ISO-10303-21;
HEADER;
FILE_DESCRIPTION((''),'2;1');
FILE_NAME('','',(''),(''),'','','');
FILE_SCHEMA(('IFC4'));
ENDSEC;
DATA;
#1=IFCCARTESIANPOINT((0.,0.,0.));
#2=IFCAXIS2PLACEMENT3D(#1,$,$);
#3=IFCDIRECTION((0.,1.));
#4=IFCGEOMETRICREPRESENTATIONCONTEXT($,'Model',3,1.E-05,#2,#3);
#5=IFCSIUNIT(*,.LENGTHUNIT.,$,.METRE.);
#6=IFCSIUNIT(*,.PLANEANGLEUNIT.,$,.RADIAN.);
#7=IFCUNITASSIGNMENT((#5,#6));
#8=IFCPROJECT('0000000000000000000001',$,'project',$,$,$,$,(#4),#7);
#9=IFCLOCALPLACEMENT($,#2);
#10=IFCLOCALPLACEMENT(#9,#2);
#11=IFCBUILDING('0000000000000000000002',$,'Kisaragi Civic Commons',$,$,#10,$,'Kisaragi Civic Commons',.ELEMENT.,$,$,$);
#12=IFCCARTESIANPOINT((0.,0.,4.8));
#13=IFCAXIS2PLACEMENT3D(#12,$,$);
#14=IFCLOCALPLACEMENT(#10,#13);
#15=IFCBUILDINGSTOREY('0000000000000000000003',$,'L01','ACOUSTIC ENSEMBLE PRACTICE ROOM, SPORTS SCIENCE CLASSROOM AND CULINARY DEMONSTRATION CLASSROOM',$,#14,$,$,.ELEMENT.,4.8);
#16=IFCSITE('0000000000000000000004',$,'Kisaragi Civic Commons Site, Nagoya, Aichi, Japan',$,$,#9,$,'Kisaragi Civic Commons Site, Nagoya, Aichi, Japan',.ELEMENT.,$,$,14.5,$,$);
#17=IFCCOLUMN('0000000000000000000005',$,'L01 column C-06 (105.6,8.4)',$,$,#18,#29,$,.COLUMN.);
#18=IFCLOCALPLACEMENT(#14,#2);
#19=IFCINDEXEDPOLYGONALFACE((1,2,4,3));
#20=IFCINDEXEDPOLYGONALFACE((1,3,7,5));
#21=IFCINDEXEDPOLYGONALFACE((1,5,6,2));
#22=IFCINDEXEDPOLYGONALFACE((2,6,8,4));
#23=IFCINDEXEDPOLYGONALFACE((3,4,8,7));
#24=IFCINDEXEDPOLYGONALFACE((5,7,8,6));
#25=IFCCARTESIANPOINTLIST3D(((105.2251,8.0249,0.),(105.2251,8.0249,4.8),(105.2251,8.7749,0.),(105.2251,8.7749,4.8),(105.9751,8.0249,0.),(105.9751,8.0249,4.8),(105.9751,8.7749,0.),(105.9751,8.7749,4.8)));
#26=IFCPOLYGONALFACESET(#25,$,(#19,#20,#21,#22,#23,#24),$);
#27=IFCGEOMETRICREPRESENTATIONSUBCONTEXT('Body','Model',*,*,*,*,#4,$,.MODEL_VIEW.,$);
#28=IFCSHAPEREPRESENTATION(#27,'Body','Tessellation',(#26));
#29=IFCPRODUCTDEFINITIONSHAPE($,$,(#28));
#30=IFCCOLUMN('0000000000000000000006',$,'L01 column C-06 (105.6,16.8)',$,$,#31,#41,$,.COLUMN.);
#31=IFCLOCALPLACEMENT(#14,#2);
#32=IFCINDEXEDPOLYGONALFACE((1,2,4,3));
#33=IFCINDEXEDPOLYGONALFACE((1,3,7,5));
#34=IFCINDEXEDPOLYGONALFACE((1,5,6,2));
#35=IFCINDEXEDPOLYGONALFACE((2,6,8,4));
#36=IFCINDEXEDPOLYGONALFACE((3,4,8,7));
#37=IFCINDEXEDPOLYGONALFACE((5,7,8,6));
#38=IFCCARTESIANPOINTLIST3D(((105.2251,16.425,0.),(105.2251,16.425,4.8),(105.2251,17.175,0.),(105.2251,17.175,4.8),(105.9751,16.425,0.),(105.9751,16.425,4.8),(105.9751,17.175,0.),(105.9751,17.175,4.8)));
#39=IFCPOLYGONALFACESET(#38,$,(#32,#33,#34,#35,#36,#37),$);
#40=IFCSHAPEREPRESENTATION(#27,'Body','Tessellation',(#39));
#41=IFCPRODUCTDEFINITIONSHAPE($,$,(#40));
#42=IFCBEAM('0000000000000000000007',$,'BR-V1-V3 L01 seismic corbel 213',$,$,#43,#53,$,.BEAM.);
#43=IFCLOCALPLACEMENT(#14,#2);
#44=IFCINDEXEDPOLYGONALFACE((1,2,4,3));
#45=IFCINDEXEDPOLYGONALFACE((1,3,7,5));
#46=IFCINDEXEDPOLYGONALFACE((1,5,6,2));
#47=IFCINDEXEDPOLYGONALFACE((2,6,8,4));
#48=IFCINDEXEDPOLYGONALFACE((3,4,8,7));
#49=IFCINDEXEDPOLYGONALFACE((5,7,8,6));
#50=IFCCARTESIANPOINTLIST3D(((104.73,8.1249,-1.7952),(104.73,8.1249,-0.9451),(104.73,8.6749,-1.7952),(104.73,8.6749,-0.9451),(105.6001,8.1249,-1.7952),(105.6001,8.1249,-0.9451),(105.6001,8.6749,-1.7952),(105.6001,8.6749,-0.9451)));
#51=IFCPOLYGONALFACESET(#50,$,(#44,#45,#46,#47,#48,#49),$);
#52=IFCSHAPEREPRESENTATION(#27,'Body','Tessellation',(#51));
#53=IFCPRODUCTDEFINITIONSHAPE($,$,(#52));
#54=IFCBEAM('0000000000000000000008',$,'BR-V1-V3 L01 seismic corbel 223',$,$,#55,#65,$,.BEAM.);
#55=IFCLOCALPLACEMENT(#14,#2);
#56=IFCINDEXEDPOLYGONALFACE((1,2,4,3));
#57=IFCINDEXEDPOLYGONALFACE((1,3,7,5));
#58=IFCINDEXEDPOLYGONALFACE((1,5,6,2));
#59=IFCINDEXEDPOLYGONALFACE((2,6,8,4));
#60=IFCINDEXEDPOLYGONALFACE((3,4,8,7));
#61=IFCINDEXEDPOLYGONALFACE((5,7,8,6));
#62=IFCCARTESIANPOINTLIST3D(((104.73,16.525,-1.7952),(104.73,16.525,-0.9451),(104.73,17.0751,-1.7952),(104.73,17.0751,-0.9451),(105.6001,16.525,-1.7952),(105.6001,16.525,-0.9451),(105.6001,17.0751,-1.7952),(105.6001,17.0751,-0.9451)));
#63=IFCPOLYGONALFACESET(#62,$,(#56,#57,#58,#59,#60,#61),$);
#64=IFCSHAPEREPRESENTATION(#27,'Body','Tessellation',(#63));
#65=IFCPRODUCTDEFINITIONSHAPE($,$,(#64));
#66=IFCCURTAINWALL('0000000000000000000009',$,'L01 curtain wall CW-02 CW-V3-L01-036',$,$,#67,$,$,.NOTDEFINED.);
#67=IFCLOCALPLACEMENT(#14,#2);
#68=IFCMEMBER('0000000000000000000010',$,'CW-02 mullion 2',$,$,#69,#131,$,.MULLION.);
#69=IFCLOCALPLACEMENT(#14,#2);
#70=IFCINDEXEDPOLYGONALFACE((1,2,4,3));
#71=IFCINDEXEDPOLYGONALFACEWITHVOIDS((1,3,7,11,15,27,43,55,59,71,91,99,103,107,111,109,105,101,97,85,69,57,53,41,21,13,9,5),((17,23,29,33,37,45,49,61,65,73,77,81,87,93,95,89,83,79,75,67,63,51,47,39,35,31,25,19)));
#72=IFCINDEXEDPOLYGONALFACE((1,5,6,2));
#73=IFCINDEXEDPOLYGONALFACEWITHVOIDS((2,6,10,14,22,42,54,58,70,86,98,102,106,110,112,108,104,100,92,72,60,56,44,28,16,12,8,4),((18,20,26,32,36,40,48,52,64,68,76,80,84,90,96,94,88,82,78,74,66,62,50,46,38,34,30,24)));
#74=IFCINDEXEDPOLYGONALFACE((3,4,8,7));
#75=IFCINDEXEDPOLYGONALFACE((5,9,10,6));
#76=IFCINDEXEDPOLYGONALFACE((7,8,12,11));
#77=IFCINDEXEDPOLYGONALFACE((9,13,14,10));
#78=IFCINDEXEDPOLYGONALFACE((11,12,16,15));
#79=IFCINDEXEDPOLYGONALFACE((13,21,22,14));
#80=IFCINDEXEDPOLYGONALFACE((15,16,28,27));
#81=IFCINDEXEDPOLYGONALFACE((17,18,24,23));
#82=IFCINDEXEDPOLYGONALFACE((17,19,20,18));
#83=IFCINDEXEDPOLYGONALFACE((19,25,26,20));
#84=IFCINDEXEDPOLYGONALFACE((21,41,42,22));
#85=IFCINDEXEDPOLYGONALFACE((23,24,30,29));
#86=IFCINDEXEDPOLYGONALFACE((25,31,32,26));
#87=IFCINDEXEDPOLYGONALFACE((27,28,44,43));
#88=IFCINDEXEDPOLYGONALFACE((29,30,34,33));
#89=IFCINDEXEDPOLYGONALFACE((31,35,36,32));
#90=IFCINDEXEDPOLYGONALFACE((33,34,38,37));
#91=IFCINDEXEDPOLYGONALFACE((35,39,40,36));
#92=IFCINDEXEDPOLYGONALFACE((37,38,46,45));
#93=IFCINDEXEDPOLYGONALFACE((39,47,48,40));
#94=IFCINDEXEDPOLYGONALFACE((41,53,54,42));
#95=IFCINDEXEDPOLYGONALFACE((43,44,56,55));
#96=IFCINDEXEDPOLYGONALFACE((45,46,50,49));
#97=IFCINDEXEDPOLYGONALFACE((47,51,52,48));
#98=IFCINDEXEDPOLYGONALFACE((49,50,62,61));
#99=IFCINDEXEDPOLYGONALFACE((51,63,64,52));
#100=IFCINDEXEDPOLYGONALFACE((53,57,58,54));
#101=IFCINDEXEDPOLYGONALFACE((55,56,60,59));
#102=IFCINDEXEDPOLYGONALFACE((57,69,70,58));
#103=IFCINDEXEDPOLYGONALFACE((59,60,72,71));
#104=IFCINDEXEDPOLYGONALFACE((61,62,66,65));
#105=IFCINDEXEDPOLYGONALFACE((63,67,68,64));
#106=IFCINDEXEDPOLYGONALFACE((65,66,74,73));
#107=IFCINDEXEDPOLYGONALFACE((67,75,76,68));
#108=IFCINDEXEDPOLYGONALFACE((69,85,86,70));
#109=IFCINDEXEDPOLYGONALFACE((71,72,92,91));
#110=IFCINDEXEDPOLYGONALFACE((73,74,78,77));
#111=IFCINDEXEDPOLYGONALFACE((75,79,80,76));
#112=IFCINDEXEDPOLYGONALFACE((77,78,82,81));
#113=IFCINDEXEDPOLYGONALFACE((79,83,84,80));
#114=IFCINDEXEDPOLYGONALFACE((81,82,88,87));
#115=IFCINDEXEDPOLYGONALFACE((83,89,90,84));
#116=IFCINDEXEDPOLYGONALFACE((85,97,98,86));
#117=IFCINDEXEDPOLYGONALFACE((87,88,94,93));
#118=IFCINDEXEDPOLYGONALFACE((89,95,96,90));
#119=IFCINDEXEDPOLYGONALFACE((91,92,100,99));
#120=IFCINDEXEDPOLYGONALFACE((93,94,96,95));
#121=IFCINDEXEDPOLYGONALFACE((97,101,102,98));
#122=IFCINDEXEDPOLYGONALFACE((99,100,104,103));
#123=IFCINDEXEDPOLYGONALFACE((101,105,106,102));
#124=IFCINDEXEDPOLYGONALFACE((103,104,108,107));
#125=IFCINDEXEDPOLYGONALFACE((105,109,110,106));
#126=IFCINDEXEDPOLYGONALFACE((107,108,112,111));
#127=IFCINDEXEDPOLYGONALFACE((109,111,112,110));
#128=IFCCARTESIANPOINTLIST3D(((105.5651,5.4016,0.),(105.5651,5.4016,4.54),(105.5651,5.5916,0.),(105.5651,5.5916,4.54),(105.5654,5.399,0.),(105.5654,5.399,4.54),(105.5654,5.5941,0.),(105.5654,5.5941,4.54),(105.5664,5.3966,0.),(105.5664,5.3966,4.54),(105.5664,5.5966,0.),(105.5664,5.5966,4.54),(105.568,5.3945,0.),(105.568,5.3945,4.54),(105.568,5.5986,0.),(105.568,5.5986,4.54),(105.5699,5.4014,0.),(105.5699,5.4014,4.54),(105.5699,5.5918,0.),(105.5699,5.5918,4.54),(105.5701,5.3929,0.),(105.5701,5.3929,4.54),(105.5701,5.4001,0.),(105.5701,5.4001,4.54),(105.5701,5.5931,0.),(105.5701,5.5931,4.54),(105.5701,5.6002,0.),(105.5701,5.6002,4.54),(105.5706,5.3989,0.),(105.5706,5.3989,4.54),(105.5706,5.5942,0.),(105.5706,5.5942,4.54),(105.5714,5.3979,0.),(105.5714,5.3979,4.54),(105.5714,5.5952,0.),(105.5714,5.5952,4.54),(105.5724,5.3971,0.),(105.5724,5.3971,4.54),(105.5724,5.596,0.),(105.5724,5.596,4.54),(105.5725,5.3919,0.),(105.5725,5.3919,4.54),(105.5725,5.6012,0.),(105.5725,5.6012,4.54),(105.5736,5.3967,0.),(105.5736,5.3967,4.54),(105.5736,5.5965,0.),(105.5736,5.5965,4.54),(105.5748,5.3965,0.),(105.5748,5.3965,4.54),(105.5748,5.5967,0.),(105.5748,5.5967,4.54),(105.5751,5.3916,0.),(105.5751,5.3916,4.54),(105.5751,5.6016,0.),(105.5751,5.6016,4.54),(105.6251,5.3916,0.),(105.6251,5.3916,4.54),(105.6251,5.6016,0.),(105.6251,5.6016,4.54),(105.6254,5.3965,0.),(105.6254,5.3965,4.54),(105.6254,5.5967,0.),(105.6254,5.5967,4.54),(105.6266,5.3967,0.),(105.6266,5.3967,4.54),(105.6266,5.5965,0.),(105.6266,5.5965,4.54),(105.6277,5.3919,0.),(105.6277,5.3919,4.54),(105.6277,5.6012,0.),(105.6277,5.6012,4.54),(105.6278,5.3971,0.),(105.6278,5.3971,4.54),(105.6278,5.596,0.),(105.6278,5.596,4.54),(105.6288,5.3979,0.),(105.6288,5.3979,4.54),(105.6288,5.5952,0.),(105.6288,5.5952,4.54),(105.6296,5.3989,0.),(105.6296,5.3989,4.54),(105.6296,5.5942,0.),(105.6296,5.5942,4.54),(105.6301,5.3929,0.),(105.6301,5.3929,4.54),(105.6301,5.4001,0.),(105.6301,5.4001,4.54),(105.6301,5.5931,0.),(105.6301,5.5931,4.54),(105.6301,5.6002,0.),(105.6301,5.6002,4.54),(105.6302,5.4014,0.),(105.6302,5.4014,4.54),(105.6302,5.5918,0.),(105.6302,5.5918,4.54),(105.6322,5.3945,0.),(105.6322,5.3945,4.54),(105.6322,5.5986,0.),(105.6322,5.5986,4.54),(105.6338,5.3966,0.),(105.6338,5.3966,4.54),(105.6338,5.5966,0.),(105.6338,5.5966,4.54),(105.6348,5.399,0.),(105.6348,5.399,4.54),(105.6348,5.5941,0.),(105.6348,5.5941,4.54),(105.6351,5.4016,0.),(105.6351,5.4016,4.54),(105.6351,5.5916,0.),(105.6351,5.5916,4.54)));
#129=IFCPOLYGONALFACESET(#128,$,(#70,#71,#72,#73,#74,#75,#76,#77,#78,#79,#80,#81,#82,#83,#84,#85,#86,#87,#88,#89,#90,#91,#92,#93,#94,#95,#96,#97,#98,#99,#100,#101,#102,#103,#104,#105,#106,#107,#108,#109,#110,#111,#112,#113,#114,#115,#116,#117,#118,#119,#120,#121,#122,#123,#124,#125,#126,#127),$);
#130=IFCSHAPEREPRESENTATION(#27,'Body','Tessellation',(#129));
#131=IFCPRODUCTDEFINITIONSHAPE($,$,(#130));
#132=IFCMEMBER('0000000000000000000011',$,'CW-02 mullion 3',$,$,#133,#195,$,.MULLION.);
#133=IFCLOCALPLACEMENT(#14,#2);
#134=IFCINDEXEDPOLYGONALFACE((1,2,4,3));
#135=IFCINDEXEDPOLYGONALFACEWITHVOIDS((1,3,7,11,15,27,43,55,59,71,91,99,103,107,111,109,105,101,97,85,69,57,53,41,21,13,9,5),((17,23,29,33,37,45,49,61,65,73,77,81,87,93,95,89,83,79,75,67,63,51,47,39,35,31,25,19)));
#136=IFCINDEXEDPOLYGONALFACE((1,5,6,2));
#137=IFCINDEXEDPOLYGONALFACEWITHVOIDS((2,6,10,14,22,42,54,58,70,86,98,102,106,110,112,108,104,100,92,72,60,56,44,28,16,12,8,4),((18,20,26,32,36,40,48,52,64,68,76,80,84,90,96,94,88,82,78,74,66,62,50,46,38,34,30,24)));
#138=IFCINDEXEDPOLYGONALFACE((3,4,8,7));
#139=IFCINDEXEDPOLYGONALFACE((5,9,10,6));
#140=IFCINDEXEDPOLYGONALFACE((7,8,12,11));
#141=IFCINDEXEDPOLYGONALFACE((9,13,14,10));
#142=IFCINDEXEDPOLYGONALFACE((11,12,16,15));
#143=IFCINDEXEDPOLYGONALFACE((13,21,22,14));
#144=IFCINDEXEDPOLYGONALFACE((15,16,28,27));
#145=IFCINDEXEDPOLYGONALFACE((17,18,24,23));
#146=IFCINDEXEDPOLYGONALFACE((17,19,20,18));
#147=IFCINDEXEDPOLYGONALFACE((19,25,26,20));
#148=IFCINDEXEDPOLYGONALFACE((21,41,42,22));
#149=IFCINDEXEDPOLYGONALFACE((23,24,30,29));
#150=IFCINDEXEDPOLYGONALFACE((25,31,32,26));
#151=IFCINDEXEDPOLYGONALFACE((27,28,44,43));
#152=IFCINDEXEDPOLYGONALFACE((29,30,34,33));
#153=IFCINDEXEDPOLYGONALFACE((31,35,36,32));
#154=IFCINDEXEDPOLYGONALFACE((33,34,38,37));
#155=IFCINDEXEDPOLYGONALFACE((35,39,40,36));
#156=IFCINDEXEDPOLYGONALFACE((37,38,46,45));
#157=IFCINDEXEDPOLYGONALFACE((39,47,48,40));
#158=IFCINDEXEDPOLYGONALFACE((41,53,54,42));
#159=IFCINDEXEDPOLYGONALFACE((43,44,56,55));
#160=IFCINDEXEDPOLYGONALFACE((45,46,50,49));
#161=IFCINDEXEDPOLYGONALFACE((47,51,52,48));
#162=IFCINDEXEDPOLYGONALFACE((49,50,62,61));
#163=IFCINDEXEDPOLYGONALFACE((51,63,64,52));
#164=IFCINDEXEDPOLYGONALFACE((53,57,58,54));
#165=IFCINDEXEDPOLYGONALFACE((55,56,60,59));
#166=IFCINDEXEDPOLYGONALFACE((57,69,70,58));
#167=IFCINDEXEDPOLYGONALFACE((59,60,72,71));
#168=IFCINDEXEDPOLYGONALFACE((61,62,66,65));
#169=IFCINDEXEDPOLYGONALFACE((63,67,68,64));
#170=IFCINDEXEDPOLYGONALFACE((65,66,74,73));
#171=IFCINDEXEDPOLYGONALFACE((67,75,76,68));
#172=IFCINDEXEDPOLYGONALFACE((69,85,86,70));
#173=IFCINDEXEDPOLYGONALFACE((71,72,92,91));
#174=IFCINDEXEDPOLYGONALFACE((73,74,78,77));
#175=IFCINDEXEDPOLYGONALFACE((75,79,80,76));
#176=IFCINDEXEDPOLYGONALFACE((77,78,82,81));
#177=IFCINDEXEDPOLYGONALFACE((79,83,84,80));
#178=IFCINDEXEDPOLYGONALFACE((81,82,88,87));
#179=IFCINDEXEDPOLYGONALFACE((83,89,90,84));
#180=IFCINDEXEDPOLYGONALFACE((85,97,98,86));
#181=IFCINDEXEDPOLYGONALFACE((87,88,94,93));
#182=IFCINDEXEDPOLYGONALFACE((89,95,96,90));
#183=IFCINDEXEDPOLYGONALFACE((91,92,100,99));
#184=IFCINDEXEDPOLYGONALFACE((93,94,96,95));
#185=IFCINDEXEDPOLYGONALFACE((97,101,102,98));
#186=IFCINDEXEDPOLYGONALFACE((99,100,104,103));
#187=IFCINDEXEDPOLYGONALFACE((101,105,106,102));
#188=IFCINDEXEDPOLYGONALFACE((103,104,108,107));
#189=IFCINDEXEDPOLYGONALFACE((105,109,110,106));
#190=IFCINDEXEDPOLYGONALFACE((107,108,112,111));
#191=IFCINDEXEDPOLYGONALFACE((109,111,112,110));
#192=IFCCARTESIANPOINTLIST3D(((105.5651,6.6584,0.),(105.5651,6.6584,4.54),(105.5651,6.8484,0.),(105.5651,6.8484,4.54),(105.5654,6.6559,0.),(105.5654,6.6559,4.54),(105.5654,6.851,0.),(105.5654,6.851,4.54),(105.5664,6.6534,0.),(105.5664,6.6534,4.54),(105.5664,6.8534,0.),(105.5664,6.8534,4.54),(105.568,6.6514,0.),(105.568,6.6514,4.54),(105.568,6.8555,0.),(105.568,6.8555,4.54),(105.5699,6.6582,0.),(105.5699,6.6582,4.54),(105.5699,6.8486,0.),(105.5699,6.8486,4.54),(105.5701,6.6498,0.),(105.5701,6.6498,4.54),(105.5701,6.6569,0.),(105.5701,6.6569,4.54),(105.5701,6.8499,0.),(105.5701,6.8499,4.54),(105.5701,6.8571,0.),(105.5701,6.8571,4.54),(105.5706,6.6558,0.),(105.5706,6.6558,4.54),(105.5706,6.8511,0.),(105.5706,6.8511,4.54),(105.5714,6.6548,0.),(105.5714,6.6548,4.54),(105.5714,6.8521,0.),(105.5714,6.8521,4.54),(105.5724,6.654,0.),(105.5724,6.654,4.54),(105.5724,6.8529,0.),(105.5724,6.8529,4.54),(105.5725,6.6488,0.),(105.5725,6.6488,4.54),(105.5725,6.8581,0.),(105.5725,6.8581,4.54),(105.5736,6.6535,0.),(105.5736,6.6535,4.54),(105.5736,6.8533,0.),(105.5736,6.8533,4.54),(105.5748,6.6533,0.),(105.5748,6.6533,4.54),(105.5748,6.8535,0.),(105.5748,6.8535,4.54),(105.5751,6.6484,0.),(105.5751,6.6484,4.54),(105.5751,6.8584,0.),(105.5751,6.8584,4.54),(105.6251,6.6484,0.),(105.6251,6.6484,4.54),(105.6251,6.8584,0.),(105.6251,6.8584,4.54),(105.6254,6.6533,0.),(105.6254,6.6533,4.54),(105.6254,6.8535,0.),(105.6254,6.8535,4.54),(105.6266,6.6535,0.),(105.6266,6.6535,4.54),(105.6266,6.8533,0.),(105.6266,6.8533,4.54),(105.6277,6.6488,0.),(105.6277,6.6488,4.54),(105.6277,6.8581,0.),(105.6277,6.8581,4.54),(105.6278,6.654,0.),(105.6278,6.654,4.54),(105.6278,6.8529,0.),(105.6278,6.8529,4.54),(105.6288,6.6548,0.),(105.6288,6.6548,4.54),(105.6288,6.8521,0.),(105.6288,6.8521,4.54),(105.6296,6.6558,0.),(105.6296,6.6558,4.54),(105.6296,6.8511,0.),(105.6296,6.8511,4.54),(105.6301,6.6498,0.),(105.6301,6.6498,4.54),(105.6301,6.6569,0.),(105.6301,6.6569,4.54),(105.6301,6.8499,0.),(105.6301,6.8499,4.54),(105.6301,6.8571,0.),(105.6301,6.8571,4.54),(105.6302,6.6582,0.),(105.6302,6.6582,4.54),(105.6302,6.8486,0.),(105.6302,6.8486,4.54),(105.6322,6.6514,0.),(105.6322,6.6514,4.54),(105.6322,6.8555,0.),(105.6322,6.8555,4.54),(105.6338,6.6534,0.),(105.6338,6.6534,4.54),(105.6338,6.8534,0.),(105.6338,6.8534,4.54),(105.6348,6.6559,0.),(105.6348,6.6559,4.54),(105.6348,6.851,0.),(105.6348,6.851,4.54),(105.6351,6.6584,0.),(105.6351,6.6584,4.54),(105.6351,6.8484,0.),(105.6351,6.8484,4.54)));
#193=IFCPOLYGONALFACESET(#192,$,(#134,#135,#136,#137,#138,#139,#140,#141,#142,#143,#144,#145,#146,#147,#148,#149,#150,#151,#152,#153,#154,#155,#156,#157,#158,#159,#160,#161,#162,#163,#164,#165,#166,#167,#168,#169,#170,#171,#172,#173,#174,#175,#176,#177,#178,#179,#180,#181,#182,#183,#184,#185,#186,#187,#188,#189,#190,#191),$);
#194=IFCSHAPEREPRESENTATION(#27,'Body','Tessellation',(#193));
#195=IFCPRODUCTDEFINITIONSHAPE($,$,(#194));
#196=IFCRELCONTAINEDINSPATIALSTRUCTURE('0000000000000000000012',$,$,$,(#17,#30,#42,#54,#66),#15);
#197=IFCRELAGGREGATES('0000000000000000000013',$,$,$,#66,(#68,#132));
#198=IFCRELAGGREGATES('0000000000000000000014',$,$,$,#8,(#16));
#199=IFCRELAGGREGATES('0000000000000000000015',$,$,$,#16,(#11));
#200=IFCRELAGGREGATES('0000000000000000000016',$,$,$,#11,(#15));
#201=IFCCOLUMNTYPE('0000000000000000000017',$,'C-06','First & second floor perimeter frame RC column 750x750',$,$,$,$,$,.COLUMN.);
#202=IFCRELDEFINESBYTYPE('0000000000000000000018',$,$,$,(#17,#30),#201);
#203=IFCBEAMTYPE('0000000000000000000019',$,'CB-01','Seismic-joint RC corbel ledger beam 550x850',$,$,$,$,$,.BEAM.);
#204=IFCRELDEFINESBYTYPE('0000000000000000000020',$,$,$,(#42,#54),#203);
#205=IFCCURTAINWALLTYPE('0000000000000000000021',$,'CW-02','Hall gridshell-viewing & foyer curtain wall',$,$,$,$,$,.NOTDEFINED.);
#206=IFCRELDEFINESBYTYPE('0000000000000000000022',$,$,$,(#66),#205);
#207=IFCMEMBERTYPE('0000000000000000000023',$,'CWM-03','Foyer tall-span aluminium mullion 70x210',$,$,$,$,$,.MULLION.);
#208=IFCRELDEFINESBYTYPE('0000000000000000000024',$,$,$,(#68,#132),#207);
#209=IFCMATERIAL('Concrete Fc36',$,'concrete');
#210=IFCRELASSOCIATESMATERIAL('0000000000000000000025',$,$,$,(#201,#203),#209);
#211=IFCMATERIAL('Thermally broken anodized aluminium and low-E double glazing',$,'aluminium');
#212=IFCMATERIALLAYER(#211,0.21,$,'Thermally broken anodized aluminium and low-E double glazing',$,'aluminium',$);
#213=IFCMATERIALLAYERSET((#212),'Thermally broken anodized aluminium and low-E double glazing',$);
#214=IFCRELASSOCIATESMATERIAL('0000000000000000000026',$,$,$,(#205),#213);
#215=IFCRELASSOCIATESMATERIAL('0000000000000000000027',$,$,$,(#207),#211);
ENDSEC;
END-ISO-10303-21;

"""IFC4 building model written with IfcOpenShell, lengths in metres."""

from ifc_helpers import new_model, si_unit, direction, frame, origin, origin_2d, place, context, subcontext, project, spatial, rectangle, hollow_rectangle, extrude, material, layer, layer_set, material_profile, profile_set, type_object, element, aggregate, save


model = new_model("IFC4")

# Units and contexts
model_context = context("Model", 3, precision=1e-05, world=origin(), true_north=direction((0.0, 1.0)))
body_context = subcontext(model_context, "Body", "Model", "MODEL_VIEW")
ifc_project = project(units=[si_unit("LENGTHUNIT", "METRE"), si_unit("PLANEANGLEUNIT", "RADIAN")], contexts=[model_context])

# Site, building, storey
site_placement = place(None, origin())
site = spatial("IfcSite", under=ifc_project, at=site_placement, Name="Kisaragi Civic Commons Site, Nagoya, Aichi, Japan", LongName="Kisaragi Civic Commons Site, Nagoya, Aichi, Japan", CompositionType="ELEMENT", RefElevation=14.5)
building_placement = place(site_placement, origin())
building = spatial("IfcBuilding", under=site, at=building_placement, Name="Kisaragi Civic Commons", LongName="Kisaragi Civic Commons", CompositionType="ELEMENT")
storey_placement = place(building_placement, frame((0.0, 0.0, 4.8)))
storey = spatial("IfcBuildingStorey", under=building, at=storey_placement, Name="L01", Description="ACOUSTIC ENSEMBLE PRACTICE ROOM, SPORTS SCIENCE CLASSROOM AND CULINARY DEMONSTRATION CLASSROOM", CompositionType="ELEMENT", Elevation=4.8)

# Columns
ifc_material_1 = material(Name="Concrete Fc36", Category="concrete")
ifc_material_profile_1 = material_profile(ifc_material_1, rectangle(XDim=0.75, YDim=0.75, at=origin_2d()), Name="RC-750x750", Category="concrete")
ifc_profile_set_1 = profile_set([ifc_material_profile_1], Name="Concrete Fc36")
column_type = type_object("IfcColumnType", Name="C-06", Description="First & second floor perimeter frame RC column 750x750", PredefinedType="COLUMN", material=ifc_profile_set_1)
for number, where, z_axis, x_axis, name in (
    (1, (105.6001, 8.3999, 0.0), (0.0, 0.0, 1.0), (1.0, 0.0, 0.0), "L01 column C-06 (105.6,8.4)"),
    (2, (105.6001, 16.8, 0.0), (0.0, 0.0, 1.0), (1.0, 0.0, 0.0), "L01 column C-06 (105.6,16.8)"),
):
    element("IfcColumn", number, at=place(storey_placement, frame(where, z_axis=z_axis, x_axis=x_axis)), inside=storey, type_object=column_type, Name=name, PredefinedType="COLUMN", context=body_context, shape_type="SweptSolid", body=[
        extrude(rectangle(XDim=0.75, YDim=0.75, at=origin_2d()), origin(), (0.0, 0.0, 1.0), 4.8),
    ])

# Beams
ifc_material_profile_2 = material_profile(ifc_material_1, rectangle(XDim=0.55, YDim=0.8501, at=origin_2d()), Name="RC-550x850", Category="concrete")
ifc_profile_set_2 = profile_set([ifc_material_profile_2], Name="Concrete Fc36")
beam_type_1 = type_object("IfcBeamType", Name="CB-01", Description="Seismic-joint RC corbel ledger beam 550x850", PredefinedType="BEAM", material=ifc_profile_set_2)
for number, where, z_axis, x_axis, name in (
    (3, (105.6001, 8.3999, -1.3701), (-1.0, 0.0, 0.0), (0.0, -1.0, 0.0), "BR-V1-V3 L01 seismic corbel 213"),
    (4, (105.6001, 16.8, -1.3701), (-1.0, 0.0, 0.0), (0.0, -1.0, 0.0), "BR-V1-V3 L01 seismic corbel 223"),
):
    element("IfcBeam", number, at=place(storey_placement, frame(where, z_axis=z_axis, x_axis=x_axis)), inside=storey, type_object=beam_type_1, Name=name, PredefinedType="BEAM", context=body_context, shape_type="SweptSolid", body=[
        extrude(rectangle(XDim=0.55, YDim=0.8501, at=origin_2d()), origin(), (0.0, 0.0, 1.0), 0.8701),
    ])

# Curtain wall, members
ifc_material_2 = material(Name="Thermally broken anodized aluminium and low-E double glazing", Category="aluminium")
ifc_layer_1 = layer(ifc_material_2, 0.21, Name="Thermally broken anodized aluminium and low-E double glazing", Category="aluminium")
ifc_layer_set_1 = layer_set([ifc_layer_1], Name="Thermally broken anodized aluminium and low-E double glazing")
curtain_wall_type = type_object("IfcCurtainWallType", Name="CW-02", Description="Hall gridshell-viewing & foyer curtain wall", PredefinedType="NOTDEFINED", material=ifc_layer_set_1)
curtain_wall_placement = place(storey_placement, origin())
curtain_wall = element("IfcCurtainWall", 5, at=curtain_wall_placement, inside=storey, type_object=curtain_wall_type, Name="L01 curtain wall CW-02 CW-V3-L01-036", PredefinedType="NOTDEFINED")
ifc_material_profile_3 = material_profile(ifc_material_2, hollow_rectangle(XDim=0.0701, YDim=0.21, WallThickness=0.0049, InnerFilletRadius=0.0049, OuterFilletRadius=0.01, at=origin_2d()), Name="CWM-70x210x5", Category="aluminium")
ifc_profile_set_3 = profile_set([ifc_material_profile_3], Name="Thermally broken anodized aluminium and low-E double glazing")
member_type_1 = type_object("IfcMemberType", Name="CWM-03", Description="Foyer tall-span aluminium mullion 70x210", PredefinedType="MULLION", material=ifc_profile_set_3)
member_1_placement = place(storey_placement, frame((105.6001, 5.4966, 0.0), z_axis=(0.0, 0.0, 1.0), x_axis=(-1.0, 0.0, 0.0)))
member_1 = element("IfcMember", 6, at=member_1_placement, type_object=member_type_1, Name="CW-02 mullion 2", PredefinedType="MULLION", context=body_context, shape_type="SweptSolid", body=[
    extrude(hollow_rectangle(XDim=0.0701, YDim=0.21, WallThickness=0.0049, InnerFilletRadius=0.0049, OuterFilletRadius=0.01, at=origin_2d()), origin(), (0.0, 0.0, 1.0), 4.54),
])
member_2_placement = place(storey_placement, frame((105.6001, 6.7534, 0.0), z_axis=(0.0, 0.0, 1.0), x_axis=(-1.0, 0.0, 0.0)))
member_2 = element("IfcMember", 7, at=member_2_placement, type_object=member_type_1, Name="CW-02 mullion 3", PredefinedType="MULLION", context=body_context, shape_type="SweptSolid", body=[
    extrude(hollow_rectangle(XDim=0.0701, YDim=0.21, WallThickness=0.0049, InnerFilletRadius=0.0049, OuterFilletRadius=0.01, at=origin_2d()), origin(), (0.0, 0.0, 1.0), 4.54),
])

aggregate(curtain_wall, [member_1, member_2])

save(model, "model.ifc")
